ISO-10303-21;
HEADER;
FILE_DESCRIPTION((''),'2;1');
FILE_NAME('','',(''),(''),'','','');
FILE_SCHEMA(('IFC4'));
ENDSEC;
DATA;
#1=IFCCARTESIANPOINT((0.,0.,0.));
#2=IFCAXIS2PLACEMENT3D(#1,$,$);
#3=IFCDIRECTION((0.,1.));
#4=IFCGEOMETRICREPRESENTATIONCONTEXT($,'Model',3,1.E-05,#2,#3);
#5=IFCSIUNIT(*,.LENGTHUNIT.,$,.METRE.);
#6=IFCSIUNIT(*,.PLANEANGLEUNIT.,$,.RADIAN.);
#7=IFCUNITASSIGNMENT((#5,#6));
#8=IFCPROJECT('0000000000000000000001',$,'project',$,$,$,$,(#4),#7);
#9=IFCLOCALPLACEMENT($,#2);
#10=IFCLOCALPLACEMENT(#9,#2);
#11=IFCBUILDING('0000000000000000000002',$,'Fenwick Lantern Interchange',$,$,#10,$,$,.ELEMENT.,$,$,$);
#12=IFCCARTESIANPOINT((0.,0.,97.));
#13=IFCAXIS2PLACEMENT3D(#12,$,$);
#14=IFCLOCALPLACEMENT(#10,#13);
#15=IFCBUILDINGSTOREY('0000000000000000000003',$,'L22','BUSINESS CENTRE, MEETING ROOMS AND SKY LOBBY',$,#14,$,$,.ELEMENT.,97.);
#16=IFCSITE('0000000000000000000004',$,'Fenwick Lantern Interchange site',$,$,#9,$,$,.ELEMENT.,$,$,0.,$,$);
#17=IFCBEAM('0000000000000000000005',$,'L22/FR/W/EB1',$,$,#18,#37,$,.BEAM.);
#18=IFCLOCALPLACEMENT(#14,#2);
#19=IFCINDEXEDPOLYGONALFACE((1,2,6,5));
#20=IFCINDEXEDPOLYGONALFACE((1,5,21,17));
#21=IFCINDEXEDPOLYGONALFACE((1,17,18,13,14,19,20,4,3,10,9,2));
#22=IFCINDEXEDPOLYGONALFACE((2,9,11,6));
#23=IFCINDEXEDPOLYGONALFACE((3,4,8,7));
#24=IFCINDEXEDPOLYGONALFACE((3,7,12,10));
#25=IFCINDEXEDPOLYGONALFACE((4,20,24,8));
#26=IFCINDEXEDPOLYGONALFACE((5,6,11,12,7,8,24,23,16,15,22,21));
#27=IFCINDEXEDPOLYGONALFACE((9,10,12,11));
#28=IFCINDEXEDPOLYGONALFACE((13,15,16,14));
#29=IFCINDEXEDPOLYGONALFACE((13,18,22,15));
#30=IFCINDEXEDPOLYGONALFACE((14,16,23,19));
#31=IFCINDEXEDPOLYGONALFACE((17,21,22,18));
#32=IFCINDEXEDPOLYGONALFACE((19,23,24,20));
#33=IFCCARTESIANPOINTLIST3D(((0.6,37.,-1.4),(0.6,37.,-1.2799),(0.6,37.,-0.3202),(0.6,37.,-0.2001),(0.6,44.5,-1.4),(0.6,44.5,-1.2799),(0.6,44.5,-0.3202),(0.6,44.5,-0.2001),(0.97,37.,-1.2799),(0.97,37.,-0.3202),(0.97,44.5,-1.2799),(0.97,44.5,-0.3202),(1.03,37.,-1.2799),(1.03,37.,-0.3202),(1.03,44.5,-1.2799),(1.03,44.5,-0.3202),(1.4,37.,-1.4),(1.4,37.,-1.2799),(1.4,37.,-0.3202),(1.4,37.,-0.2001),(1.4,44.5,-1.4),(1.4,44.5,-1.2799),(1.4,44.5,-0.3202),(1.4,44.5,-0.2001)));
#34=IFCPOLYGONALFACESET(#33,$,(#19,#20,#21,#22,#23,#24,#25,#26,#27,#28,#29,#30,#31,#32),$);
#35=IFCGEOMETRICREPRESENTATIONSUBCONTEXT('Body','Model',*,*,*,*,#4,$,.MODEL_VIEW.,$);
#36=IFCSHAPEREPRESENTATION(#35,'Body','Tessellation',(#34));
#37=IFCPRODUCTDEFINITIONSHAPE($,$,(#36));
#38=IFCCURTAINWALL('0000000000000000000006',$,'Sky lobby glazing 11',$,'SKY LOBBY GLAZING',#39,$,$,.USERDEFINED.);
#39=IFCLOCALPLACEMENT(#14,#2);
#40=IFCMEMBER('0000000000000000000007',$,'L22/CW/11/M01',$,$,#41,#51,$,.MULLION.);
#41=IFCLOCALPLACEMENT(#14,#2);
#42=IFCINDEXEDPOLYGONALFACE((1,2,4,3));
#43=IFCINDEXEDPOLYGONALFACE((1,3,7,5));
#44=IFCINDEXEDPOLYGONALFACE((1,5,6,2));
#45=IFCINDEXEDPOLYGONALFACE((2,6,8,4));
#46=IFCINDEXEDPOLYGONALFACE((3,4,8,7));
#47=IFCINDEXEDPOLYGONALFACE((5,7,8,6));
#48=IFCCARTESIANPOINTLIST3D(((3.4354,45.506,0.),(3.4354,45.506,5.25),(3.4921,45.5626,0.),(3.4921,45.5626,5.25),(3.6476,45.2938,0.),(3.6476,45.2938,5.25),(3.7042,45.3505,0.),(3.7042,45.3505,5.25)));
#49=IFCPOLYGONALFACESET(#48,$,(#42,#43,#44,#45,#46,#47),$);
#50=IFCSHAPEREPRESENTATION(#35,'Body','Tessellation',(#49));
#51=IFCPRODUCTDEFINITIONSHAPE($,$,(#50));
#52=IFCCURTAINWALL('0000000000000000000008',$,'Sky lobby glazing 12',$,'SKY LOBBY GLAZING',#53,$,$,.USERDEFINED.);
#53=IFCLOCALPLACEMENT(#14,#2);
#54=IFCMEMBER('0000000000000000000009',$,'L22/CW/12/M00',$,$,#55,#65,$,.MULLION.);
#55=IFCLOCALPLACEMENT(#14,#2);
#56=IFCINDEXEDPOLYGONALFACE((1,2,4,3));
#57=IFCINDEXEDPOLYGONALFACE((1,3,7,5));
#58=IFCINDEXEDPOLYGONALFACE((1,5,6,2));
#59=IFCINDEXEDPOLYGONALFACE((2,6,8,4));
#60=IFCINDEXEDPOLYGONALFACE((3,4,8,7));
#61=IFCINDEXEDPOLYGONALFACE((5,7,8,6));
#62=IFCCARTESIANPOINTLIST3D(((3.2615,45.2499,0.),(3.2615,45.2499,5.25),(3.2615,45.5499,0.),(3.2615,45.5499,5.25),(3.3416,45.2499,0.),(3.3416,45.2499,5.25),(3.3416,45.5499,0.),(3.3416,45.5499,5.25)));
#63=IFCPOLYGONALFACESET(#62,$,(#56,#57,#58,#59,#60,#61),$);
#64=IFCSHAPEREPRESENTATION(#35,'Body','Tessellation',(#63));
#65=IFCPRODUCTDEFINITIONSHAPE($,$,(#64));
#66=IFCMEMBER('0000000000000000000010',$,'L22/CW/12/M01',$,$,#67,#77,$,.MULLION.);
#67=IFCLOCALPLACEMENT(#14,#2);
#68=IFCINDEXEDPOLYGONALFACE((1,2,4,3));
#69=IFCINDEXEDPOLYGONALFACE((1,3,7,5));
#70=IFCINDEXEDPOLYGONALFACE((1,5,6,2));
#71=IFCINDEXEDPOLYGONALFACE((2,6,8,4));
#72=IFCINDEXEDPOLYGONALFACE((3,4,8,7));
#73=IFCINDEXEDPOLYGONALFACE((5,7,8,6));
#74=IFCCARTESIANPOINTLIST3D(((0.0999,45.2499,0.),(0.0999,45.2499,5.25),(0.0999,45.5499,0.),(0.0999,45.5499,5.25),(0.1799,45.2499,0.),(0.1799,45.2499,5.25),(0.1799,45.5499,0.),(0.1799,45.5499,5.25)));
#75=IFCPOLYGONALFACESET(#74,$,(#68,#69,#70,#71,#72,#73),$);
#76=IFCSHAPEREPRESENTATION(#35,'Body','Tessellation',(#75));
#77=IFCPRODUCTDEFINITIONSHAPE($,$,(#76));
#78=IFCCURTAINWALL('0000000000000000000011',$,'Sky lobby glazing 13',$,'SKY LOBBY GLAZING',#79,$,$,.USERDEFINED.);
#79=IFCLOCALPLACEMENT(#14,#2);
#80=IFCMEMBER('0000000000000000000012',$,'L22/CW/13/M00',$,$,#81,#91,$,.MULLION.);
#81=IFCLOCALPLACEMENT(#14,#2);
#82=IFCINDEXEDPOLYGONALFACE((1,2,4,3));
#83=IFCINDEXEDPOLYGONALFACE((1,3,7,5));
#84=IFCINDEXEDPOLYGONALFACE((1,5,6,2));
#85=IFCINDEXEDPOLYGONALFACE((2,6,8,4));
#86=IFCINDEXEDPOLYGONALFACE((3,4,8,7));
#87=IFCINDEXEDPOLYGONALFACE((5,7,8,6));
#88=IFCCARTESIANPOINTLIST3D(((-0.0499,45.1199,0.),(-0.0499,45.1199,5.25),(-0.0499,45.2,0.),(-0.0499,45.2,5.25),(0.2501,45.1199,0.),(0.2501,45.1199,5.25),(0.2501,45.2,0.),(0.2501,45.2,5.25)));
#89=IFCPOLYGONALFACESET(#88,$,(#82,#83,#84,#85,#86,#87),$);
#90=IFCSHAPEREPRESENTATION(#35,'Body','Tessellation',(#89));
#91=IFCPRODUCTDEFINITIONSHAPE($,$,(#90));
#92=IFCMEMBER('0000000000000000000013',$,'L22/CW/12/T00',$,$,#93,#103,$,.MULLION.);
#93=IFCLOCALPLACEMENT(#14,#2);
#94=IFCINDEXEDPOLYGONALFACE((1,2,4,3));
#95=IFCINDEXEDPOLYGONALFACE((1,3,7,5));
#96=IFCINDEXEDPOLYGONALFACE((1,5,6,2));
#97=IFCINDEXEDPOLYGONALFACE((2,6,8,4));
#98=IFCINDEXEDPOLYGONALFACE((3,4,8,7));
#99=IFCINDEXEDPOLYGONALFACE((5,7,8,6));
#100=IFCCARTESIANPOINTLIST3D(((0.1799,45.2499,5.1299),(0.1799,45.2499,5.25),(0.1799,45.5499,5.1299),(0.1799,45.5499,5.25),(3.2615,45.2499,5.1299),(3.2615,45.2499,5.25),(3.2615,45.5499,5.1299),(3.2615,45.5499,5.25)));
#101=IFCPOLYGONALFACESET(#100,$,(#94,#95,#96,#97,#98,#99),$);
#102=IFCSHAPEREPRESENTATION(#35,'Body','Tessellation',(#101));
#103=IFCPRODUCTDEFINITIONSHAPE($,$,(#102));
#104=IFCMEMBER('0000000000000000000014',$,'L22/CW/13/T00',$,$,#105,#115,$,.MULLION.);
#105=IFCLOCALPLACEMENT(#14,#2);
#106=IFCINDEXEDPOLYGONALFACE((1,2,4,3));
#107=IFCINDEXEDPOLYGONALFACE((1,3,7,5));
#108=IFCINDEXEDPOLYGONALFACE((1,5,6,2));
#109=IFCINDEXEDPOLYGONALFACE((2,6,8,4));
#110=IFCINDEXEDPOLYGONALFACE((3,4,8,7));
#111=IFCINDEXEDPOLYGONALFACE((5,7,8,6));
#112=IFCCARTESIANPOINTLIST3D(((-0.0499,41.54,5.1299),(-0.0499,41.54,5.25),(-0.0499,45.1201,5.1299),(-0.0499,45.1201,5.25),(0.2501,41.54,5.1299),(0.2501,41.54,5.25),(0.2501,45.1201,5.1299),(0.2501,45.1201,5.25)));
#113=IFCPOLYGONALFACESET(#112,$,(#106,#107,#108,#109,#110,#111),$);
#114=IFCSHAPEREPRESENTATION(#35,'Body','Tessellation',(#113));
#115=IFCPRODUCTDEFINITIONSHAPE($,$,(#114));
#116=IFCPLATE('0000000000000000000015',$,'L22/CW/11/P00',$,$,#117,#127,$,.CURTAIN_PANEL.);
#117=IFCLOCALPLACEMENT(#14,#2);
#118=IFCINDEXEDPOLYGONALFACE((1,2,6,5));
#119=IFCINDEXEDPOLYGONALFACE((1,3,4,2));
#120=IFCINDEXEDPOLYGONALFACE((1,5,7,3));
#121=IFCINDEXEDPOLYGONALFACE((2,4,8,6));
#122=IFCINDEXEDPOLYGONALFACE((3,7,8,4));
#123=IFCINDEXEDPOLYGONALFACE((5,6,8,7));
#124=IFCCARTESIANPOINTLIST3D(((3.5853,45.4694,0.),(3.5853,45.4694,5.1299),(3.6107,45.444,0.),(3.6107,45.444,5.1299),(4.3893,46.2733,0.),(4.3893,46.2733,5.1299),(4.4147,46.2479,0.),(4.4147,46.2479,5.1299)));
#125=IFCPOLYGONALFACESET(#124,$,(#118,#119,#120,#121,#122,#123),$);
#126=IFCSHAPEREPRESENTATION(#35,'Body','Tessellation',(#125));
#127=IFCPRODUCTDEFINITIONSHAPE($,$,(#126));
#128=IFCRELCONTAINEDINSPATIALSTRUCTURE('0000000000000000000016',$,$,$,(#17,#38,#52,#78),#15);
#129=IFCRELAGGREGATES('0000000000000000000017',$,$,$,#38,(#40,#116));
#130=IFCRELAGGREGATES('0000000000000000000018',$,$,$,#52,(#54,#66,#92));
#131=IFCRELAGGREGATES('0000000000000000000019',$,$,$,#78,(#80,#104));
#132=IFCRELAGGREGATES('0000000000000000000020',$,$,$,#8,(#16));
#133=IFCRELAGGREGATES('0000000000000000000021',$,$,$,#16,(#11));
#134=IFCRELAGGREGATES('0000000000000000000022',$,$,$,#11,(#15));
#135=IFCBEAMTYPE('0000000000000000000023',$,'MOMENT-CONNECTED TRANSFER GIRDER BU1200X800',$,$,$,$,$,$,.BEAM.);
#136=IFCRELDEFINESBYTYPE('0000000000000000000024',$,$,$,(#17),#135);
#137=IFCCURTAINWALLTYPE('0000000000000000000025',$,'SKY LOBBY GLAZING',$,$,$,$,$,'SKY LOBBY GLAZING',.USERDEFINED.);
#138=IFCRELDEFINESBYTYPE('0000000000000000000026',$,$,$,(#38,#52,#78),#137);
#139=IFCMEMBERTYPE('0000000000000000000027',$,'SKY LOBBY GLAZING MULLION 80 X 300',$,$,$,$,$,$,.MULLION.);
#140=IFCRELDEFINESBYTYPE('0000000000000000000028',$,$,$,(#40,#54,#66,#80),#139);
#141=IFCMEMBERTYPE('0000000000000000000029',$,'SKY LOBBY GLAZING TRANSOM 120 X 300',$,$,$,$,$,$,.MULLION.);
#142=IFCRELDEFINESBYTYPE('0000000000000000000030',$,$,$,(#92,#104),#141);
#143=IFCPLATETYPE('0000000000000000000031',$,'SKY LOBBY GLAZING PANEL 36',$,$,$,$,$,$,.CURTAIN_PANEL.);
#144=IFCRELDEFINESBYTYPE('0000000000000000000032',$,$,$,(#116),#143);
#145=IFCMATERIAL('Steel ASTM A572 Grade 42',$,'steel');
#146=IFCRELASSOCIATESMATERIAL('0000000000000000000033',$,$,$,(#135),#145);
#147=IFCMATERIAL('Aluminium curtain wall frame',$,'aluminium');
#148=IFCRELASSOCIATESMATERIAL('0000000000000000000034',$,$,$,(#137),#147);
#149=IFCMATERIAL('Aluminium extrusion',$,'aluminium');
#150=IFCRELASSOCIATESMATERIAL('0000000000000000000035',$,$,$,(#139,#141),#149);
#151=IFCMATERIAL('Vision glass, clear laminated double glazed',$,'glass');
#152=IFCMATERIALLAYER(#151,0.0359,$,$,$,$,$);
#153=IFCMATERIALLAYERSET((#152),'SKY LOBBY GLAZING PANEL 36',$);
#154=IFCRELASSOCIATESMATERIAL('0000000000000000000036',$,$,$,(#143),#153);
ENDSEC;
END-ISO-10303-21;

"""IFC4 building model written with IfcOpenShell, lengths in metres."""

from ifc_helpers import new_model, si_unit, direction, frame, origin, origin_2d, place, context, subcontext, project, spatial, rectangle, i_section, extrude, material, layer, layer_set, material_profile, profile_set, type_object, element, aggregate, save


model = new_model("IFC4")

# Units and contexts
model_context = context("Model", 3, precision=1e-05, world=origin(), true_north=direction((0.0, 1.0)))
body_context = subcontext(model_context, "Body", "Model", "MODEL_VIEW")
ifc_project = project(units=[si_unit("LENGTHUNIT", "METRE"), si_unit("PLANEANGLEUNIT", "RADIAN")], contexts=[model_context])

# Site, building, storey
site_placement = place(None, origin())
site = spatial("IfcSite", under=ifc_project, at=site_placement, Name="Fenwick Lantern Interchange site", CompositionType="ELEMENT", RefElevation=0.0)
building_placement = place(site_placement, origin())
building = spatial("IfcBuilding", under=site, at=building_placement, Name="Fenwick Lantern Interchange", CompositionType="ELEMENT")
storey_placement = place(building_placement, frame((0.0, 0.0, 97.0)))
storey = spatial("IfcBuildingStorey", under=building, at=storey_placement, Name="L22", Description="BUSINESS CENTRE, MEETING ROOMS AND SKY LOBBY", CompositionType="ELEMENT", Elevation=97.0)

# Beam
ifc_material_1 = material(Name="Steel ASTM A572 Grade 42", Category="steel")
ifc_material_profile_1 = material_profile(ifc_material_1, i_section(OverallWidth=0.8, OverallDepth=1.2, WebThickness=0.0601, FlangeThickness=0.1201, at=origin_2d()), Name="BU1200X800")
ifc_profile_set_1 = profile_set([ifc_material_profile_1], Name="Steel ASTM A572 Grade 42")
beam_type = type_object("IfcBeamType", Name="MOMENT-CONNECTED TRANSFER GIRDER BU1200X800", PredefinedType="BEAM", material=ifc_profile_set_1)
beam_placement = place(storey_placement, frame((1.0, 44.5, -0.8), z_axis=(0.0, -1.0, 0.0), x_axis=(1.0, 0.0, 0.0)))
element("IfcBeam", 1, at=beam_placement, inside=storey, type_object=beam_type, Name="L22/FR/W/EB1", PredefinedType="BEAM", context=body_context, shape_type="SweptSolid", body=[
    extrude(i_section(OverallWidth=0.8, OverallDepth=1.2, WebThickness=0.0601, FlangeThickness=0.1201, at=origin_2d()), origin(), (0.0, 0.0, 1.0), 7.5),
])

# Curtain wall, member
ifc_material_2 = material(Name="Aluminium curtain wall frame", Category="aluminium")
curtain_wall_type = type_object("IfcCurtainWallType", Name="SKY LOBBY GLAZING", ElementType="SKY LOBBY GLAZING", PredefinedType="USERDEFINED", material=ifc_material_2)
curtain_wall_1_placement = place(storey_placement, origin())
curtain_wall_1 = element("IfcCurtainWall", 2, at=curtain_wall_1_placement, inside=storey, type_object=curtain_wall_type, Name="Sky lobby glazing 11", ObjectType="SKY LOBBY GLAZING", PredefinedType="USERDEFINED")
ifc_material_3 = material(Name="Aluminium extrusion", Category="aluminium")
ifc_material_profile_2 = material_profile(ifc_material_3, rectangle(XDim=0.3, YDim=0.0801, at=origin_2d()), Name="SKY LOBBY GLAZING MULLION 80 X 300")
ifc_profile_set_2 = profile_set([ifc_material_profile_2], Name="Aluminium extrusion")
member_type_1 = type_object("IfcMemberType", Name="SKY LOBBY GLAZING MULLION 80 X 300", PredefinedType="MULLION", material=ifc_profile_set_2)
member_1_placement = place(storey_placement, frame((3.5698, 45.4282, 0.0), z_axis=(0.0, 0.0, 1.0), x_axis=(0.707107, -0.707107, 0.0)))
member_1 = element("IfcMember", 3, at=member_1_placement, type_object=member_type_1, Name="L22/CW/11/M01", PredefinedType="MULLION", context=body_context, shape_type="SweptSolid", body=[
    extrude(rectangle(XDim=0.3, YDim=0.0801, at=origin_2d()), origin(), (0.0, 0.0, 1.0), 5.25),
])

# Curtain wall, members
curtain_wall_2_placement = place(storey_placement, origin())
curtain_wall_2 = element("IfcCurtainWall", 4, at=curtain_wall_2_placement, inside=storey, type_object=curtain_wall_type, Name="Sky lobby glazing 12", ObjectType="SKY LOBBY GLAZING", PredefinedType="USERDEFINED")
member_2_placement = place(storey_placement, frame((3.3015, 45.3999, 0.0), z_axis=(0.0, 0.0, 1.0), x_axis=(0.0, -1.0, 0.0)))
member_2 = element("IfcMember", 5, at=member_2_placement, type_object=member_type_1, Name="L22/CW/12/M00", PredefinedType="MULLION", context=body_context, shape_type="SweptSolid", body=[
    extrude(rectangle(XDim=0.3, YDim=0.0801, at=origin_2d()), origin(), (0.0, 0.0, 1.0), 5.25),
])
member_3_placement = place(storey_placement, frame((0.1399, 45.3999, 0.0), z_axis=(0.0, 0.0, 1.0), x_axis=(0.0, -1.0, 0.0)))
member_3 = element("IfcMember", 6, at=member_3_placement, type_object=member_type_1, Name="L22/CW/12/M01", PredefinedType="MULLION", context=body_context, shape_type="SweptSolid", body=[
    extrude(rectangle(XDim=0.3, YDim=0.0801, at=origin_2d()), origin(), (0.0, 0.0, 1.0), 5.25),
])

# Curtain wall, member
curtain_wall_3_placement = place(storey_placement, origin())
curtain_wall_3 = element("IfcCurtainWall", 7, at=curtain_wall_3_placement, inside=storey, type_object=curtain_wall_type, Name="Sky lobby glazing 13", ObjectType="SKY LOBBY GLAZING", PredefinedType="USERDEFINED")
member_4_placement = place(storey_placement, frame((0.1001, 45.1599, 0.0), z_axis=(0.0, 0.0, 1.0), x_axis=(1.0, 0.0, 0.0)))
member_4 = element("IfcMember", 8, at=member_4_placement, type_object=member_type_1, Name="L22/CW/13/M00", PredefinedType="MULLION", context=body_context, shape_type="SweptSolid", body=[
    extrude(rectangle(XDim=0.3, YDim=0.0801, at=origin_2d()), origin(), (0.0, 0.0, 1.0), 5.25),
])

# Members
ifc_material_profile_3 = material_profile(ifc_material_3, rectangle(XDim=0.3, YDim=0.1201, at=origin_2d()), Name="SKY LOBBY GLAZING TRANSOM 120 X 300")
ifc_profile_set_3 = profile_set([ifc_material_profile_3], Name="Aluminium extrusion")
member_type_2 = type_object("IfcMemberType", Name="SKY LOBBY GLAZING TRANSOM 120 X 300", PredefinedType="MULLION", material=ifc_profile_set_3)
member_5_placement = place(storey_placement, frame((3.2615, 45.3999, 5.1899), z_axis=(-1.0, 0.0, 0.0), x_axis=(0.0, -1.0, 0.0)))
member_5 = element("IfcMember", 9, at=member_5_placement, type_object=member_type_2, Name="L22/CW/12/T00", PredefinedType="MULLION", context=body_context, shape_type="SweptSolid", body=[
    extrude(rectangle(XDim=0.3, YDim=0.1201, at=origin_2d()), origin(), (0.0, 0.0, 1.0), 3.0815),
])
member_6_placement = place(storey_placement, frame((0.1001, 45.1201, 5.1899), z_axis=(0.0, -1.0, 0.0), x_axis=(1.0, 0.0, 0.0)))
member_6 = element("IfcMember", 10, at=member_6_placement, type_object=member_type_2, Name="L22/CW/13/T00", PredefinedType="MULLION", context=body_context, shape_type="SweptSolid", body=[
    extrude(rectangle(XDim=0.3, YDim=0.1201, at=origin_2d()), origin(), (0.0, 0.0, 1.0), 3.5801),
])

# Plate
ifc_material_4 = material(Name="Vision glass, clear laminated double glazed", Category="glass")
ifc_layer_1 = layer(ifc_material_4, 0.0359)
ifc_layer_set_1 = layer_set([ifc_layer_1], Name="SKY LOBBY GLAZING PANEL 36")
plate_type = type_object("IfcPlateType", Name="SKY LOBBY GLAZING PANEL 36", PredefinedType="CURTAIN_PANEL", material=ifc_layer_set_1)
plate_1_placement = place(storey_placement, frame((4.0, 45.8586, 0.0), z_axis=(0.0, 0.0, 1.0), x_axis=(-0.707107, -0.707107, 0.0)))
plate_1 = element("IfcPlate", 11, at=plate_1_placement, type_object=plate_type, Name="L22/CW/11/P00", PredefinedType="CURTAIN_PANEL", context=body_context, shape_type="SweptSolid", body=[
    extrude(rectangle(XDim=1.137, YDim=0.0359, at=origin_2d()), origin(), (0.0, 0.0, 1.0), 5.1299),
])
aggregate(curtain_wall_1, [member_1, plate_1])
aggregate(curtain_wall_2, [member_2, member_3, member_5])
aggregate(curtain_wall_3, [member_4, member_6])

save(model, "model.ifc")
